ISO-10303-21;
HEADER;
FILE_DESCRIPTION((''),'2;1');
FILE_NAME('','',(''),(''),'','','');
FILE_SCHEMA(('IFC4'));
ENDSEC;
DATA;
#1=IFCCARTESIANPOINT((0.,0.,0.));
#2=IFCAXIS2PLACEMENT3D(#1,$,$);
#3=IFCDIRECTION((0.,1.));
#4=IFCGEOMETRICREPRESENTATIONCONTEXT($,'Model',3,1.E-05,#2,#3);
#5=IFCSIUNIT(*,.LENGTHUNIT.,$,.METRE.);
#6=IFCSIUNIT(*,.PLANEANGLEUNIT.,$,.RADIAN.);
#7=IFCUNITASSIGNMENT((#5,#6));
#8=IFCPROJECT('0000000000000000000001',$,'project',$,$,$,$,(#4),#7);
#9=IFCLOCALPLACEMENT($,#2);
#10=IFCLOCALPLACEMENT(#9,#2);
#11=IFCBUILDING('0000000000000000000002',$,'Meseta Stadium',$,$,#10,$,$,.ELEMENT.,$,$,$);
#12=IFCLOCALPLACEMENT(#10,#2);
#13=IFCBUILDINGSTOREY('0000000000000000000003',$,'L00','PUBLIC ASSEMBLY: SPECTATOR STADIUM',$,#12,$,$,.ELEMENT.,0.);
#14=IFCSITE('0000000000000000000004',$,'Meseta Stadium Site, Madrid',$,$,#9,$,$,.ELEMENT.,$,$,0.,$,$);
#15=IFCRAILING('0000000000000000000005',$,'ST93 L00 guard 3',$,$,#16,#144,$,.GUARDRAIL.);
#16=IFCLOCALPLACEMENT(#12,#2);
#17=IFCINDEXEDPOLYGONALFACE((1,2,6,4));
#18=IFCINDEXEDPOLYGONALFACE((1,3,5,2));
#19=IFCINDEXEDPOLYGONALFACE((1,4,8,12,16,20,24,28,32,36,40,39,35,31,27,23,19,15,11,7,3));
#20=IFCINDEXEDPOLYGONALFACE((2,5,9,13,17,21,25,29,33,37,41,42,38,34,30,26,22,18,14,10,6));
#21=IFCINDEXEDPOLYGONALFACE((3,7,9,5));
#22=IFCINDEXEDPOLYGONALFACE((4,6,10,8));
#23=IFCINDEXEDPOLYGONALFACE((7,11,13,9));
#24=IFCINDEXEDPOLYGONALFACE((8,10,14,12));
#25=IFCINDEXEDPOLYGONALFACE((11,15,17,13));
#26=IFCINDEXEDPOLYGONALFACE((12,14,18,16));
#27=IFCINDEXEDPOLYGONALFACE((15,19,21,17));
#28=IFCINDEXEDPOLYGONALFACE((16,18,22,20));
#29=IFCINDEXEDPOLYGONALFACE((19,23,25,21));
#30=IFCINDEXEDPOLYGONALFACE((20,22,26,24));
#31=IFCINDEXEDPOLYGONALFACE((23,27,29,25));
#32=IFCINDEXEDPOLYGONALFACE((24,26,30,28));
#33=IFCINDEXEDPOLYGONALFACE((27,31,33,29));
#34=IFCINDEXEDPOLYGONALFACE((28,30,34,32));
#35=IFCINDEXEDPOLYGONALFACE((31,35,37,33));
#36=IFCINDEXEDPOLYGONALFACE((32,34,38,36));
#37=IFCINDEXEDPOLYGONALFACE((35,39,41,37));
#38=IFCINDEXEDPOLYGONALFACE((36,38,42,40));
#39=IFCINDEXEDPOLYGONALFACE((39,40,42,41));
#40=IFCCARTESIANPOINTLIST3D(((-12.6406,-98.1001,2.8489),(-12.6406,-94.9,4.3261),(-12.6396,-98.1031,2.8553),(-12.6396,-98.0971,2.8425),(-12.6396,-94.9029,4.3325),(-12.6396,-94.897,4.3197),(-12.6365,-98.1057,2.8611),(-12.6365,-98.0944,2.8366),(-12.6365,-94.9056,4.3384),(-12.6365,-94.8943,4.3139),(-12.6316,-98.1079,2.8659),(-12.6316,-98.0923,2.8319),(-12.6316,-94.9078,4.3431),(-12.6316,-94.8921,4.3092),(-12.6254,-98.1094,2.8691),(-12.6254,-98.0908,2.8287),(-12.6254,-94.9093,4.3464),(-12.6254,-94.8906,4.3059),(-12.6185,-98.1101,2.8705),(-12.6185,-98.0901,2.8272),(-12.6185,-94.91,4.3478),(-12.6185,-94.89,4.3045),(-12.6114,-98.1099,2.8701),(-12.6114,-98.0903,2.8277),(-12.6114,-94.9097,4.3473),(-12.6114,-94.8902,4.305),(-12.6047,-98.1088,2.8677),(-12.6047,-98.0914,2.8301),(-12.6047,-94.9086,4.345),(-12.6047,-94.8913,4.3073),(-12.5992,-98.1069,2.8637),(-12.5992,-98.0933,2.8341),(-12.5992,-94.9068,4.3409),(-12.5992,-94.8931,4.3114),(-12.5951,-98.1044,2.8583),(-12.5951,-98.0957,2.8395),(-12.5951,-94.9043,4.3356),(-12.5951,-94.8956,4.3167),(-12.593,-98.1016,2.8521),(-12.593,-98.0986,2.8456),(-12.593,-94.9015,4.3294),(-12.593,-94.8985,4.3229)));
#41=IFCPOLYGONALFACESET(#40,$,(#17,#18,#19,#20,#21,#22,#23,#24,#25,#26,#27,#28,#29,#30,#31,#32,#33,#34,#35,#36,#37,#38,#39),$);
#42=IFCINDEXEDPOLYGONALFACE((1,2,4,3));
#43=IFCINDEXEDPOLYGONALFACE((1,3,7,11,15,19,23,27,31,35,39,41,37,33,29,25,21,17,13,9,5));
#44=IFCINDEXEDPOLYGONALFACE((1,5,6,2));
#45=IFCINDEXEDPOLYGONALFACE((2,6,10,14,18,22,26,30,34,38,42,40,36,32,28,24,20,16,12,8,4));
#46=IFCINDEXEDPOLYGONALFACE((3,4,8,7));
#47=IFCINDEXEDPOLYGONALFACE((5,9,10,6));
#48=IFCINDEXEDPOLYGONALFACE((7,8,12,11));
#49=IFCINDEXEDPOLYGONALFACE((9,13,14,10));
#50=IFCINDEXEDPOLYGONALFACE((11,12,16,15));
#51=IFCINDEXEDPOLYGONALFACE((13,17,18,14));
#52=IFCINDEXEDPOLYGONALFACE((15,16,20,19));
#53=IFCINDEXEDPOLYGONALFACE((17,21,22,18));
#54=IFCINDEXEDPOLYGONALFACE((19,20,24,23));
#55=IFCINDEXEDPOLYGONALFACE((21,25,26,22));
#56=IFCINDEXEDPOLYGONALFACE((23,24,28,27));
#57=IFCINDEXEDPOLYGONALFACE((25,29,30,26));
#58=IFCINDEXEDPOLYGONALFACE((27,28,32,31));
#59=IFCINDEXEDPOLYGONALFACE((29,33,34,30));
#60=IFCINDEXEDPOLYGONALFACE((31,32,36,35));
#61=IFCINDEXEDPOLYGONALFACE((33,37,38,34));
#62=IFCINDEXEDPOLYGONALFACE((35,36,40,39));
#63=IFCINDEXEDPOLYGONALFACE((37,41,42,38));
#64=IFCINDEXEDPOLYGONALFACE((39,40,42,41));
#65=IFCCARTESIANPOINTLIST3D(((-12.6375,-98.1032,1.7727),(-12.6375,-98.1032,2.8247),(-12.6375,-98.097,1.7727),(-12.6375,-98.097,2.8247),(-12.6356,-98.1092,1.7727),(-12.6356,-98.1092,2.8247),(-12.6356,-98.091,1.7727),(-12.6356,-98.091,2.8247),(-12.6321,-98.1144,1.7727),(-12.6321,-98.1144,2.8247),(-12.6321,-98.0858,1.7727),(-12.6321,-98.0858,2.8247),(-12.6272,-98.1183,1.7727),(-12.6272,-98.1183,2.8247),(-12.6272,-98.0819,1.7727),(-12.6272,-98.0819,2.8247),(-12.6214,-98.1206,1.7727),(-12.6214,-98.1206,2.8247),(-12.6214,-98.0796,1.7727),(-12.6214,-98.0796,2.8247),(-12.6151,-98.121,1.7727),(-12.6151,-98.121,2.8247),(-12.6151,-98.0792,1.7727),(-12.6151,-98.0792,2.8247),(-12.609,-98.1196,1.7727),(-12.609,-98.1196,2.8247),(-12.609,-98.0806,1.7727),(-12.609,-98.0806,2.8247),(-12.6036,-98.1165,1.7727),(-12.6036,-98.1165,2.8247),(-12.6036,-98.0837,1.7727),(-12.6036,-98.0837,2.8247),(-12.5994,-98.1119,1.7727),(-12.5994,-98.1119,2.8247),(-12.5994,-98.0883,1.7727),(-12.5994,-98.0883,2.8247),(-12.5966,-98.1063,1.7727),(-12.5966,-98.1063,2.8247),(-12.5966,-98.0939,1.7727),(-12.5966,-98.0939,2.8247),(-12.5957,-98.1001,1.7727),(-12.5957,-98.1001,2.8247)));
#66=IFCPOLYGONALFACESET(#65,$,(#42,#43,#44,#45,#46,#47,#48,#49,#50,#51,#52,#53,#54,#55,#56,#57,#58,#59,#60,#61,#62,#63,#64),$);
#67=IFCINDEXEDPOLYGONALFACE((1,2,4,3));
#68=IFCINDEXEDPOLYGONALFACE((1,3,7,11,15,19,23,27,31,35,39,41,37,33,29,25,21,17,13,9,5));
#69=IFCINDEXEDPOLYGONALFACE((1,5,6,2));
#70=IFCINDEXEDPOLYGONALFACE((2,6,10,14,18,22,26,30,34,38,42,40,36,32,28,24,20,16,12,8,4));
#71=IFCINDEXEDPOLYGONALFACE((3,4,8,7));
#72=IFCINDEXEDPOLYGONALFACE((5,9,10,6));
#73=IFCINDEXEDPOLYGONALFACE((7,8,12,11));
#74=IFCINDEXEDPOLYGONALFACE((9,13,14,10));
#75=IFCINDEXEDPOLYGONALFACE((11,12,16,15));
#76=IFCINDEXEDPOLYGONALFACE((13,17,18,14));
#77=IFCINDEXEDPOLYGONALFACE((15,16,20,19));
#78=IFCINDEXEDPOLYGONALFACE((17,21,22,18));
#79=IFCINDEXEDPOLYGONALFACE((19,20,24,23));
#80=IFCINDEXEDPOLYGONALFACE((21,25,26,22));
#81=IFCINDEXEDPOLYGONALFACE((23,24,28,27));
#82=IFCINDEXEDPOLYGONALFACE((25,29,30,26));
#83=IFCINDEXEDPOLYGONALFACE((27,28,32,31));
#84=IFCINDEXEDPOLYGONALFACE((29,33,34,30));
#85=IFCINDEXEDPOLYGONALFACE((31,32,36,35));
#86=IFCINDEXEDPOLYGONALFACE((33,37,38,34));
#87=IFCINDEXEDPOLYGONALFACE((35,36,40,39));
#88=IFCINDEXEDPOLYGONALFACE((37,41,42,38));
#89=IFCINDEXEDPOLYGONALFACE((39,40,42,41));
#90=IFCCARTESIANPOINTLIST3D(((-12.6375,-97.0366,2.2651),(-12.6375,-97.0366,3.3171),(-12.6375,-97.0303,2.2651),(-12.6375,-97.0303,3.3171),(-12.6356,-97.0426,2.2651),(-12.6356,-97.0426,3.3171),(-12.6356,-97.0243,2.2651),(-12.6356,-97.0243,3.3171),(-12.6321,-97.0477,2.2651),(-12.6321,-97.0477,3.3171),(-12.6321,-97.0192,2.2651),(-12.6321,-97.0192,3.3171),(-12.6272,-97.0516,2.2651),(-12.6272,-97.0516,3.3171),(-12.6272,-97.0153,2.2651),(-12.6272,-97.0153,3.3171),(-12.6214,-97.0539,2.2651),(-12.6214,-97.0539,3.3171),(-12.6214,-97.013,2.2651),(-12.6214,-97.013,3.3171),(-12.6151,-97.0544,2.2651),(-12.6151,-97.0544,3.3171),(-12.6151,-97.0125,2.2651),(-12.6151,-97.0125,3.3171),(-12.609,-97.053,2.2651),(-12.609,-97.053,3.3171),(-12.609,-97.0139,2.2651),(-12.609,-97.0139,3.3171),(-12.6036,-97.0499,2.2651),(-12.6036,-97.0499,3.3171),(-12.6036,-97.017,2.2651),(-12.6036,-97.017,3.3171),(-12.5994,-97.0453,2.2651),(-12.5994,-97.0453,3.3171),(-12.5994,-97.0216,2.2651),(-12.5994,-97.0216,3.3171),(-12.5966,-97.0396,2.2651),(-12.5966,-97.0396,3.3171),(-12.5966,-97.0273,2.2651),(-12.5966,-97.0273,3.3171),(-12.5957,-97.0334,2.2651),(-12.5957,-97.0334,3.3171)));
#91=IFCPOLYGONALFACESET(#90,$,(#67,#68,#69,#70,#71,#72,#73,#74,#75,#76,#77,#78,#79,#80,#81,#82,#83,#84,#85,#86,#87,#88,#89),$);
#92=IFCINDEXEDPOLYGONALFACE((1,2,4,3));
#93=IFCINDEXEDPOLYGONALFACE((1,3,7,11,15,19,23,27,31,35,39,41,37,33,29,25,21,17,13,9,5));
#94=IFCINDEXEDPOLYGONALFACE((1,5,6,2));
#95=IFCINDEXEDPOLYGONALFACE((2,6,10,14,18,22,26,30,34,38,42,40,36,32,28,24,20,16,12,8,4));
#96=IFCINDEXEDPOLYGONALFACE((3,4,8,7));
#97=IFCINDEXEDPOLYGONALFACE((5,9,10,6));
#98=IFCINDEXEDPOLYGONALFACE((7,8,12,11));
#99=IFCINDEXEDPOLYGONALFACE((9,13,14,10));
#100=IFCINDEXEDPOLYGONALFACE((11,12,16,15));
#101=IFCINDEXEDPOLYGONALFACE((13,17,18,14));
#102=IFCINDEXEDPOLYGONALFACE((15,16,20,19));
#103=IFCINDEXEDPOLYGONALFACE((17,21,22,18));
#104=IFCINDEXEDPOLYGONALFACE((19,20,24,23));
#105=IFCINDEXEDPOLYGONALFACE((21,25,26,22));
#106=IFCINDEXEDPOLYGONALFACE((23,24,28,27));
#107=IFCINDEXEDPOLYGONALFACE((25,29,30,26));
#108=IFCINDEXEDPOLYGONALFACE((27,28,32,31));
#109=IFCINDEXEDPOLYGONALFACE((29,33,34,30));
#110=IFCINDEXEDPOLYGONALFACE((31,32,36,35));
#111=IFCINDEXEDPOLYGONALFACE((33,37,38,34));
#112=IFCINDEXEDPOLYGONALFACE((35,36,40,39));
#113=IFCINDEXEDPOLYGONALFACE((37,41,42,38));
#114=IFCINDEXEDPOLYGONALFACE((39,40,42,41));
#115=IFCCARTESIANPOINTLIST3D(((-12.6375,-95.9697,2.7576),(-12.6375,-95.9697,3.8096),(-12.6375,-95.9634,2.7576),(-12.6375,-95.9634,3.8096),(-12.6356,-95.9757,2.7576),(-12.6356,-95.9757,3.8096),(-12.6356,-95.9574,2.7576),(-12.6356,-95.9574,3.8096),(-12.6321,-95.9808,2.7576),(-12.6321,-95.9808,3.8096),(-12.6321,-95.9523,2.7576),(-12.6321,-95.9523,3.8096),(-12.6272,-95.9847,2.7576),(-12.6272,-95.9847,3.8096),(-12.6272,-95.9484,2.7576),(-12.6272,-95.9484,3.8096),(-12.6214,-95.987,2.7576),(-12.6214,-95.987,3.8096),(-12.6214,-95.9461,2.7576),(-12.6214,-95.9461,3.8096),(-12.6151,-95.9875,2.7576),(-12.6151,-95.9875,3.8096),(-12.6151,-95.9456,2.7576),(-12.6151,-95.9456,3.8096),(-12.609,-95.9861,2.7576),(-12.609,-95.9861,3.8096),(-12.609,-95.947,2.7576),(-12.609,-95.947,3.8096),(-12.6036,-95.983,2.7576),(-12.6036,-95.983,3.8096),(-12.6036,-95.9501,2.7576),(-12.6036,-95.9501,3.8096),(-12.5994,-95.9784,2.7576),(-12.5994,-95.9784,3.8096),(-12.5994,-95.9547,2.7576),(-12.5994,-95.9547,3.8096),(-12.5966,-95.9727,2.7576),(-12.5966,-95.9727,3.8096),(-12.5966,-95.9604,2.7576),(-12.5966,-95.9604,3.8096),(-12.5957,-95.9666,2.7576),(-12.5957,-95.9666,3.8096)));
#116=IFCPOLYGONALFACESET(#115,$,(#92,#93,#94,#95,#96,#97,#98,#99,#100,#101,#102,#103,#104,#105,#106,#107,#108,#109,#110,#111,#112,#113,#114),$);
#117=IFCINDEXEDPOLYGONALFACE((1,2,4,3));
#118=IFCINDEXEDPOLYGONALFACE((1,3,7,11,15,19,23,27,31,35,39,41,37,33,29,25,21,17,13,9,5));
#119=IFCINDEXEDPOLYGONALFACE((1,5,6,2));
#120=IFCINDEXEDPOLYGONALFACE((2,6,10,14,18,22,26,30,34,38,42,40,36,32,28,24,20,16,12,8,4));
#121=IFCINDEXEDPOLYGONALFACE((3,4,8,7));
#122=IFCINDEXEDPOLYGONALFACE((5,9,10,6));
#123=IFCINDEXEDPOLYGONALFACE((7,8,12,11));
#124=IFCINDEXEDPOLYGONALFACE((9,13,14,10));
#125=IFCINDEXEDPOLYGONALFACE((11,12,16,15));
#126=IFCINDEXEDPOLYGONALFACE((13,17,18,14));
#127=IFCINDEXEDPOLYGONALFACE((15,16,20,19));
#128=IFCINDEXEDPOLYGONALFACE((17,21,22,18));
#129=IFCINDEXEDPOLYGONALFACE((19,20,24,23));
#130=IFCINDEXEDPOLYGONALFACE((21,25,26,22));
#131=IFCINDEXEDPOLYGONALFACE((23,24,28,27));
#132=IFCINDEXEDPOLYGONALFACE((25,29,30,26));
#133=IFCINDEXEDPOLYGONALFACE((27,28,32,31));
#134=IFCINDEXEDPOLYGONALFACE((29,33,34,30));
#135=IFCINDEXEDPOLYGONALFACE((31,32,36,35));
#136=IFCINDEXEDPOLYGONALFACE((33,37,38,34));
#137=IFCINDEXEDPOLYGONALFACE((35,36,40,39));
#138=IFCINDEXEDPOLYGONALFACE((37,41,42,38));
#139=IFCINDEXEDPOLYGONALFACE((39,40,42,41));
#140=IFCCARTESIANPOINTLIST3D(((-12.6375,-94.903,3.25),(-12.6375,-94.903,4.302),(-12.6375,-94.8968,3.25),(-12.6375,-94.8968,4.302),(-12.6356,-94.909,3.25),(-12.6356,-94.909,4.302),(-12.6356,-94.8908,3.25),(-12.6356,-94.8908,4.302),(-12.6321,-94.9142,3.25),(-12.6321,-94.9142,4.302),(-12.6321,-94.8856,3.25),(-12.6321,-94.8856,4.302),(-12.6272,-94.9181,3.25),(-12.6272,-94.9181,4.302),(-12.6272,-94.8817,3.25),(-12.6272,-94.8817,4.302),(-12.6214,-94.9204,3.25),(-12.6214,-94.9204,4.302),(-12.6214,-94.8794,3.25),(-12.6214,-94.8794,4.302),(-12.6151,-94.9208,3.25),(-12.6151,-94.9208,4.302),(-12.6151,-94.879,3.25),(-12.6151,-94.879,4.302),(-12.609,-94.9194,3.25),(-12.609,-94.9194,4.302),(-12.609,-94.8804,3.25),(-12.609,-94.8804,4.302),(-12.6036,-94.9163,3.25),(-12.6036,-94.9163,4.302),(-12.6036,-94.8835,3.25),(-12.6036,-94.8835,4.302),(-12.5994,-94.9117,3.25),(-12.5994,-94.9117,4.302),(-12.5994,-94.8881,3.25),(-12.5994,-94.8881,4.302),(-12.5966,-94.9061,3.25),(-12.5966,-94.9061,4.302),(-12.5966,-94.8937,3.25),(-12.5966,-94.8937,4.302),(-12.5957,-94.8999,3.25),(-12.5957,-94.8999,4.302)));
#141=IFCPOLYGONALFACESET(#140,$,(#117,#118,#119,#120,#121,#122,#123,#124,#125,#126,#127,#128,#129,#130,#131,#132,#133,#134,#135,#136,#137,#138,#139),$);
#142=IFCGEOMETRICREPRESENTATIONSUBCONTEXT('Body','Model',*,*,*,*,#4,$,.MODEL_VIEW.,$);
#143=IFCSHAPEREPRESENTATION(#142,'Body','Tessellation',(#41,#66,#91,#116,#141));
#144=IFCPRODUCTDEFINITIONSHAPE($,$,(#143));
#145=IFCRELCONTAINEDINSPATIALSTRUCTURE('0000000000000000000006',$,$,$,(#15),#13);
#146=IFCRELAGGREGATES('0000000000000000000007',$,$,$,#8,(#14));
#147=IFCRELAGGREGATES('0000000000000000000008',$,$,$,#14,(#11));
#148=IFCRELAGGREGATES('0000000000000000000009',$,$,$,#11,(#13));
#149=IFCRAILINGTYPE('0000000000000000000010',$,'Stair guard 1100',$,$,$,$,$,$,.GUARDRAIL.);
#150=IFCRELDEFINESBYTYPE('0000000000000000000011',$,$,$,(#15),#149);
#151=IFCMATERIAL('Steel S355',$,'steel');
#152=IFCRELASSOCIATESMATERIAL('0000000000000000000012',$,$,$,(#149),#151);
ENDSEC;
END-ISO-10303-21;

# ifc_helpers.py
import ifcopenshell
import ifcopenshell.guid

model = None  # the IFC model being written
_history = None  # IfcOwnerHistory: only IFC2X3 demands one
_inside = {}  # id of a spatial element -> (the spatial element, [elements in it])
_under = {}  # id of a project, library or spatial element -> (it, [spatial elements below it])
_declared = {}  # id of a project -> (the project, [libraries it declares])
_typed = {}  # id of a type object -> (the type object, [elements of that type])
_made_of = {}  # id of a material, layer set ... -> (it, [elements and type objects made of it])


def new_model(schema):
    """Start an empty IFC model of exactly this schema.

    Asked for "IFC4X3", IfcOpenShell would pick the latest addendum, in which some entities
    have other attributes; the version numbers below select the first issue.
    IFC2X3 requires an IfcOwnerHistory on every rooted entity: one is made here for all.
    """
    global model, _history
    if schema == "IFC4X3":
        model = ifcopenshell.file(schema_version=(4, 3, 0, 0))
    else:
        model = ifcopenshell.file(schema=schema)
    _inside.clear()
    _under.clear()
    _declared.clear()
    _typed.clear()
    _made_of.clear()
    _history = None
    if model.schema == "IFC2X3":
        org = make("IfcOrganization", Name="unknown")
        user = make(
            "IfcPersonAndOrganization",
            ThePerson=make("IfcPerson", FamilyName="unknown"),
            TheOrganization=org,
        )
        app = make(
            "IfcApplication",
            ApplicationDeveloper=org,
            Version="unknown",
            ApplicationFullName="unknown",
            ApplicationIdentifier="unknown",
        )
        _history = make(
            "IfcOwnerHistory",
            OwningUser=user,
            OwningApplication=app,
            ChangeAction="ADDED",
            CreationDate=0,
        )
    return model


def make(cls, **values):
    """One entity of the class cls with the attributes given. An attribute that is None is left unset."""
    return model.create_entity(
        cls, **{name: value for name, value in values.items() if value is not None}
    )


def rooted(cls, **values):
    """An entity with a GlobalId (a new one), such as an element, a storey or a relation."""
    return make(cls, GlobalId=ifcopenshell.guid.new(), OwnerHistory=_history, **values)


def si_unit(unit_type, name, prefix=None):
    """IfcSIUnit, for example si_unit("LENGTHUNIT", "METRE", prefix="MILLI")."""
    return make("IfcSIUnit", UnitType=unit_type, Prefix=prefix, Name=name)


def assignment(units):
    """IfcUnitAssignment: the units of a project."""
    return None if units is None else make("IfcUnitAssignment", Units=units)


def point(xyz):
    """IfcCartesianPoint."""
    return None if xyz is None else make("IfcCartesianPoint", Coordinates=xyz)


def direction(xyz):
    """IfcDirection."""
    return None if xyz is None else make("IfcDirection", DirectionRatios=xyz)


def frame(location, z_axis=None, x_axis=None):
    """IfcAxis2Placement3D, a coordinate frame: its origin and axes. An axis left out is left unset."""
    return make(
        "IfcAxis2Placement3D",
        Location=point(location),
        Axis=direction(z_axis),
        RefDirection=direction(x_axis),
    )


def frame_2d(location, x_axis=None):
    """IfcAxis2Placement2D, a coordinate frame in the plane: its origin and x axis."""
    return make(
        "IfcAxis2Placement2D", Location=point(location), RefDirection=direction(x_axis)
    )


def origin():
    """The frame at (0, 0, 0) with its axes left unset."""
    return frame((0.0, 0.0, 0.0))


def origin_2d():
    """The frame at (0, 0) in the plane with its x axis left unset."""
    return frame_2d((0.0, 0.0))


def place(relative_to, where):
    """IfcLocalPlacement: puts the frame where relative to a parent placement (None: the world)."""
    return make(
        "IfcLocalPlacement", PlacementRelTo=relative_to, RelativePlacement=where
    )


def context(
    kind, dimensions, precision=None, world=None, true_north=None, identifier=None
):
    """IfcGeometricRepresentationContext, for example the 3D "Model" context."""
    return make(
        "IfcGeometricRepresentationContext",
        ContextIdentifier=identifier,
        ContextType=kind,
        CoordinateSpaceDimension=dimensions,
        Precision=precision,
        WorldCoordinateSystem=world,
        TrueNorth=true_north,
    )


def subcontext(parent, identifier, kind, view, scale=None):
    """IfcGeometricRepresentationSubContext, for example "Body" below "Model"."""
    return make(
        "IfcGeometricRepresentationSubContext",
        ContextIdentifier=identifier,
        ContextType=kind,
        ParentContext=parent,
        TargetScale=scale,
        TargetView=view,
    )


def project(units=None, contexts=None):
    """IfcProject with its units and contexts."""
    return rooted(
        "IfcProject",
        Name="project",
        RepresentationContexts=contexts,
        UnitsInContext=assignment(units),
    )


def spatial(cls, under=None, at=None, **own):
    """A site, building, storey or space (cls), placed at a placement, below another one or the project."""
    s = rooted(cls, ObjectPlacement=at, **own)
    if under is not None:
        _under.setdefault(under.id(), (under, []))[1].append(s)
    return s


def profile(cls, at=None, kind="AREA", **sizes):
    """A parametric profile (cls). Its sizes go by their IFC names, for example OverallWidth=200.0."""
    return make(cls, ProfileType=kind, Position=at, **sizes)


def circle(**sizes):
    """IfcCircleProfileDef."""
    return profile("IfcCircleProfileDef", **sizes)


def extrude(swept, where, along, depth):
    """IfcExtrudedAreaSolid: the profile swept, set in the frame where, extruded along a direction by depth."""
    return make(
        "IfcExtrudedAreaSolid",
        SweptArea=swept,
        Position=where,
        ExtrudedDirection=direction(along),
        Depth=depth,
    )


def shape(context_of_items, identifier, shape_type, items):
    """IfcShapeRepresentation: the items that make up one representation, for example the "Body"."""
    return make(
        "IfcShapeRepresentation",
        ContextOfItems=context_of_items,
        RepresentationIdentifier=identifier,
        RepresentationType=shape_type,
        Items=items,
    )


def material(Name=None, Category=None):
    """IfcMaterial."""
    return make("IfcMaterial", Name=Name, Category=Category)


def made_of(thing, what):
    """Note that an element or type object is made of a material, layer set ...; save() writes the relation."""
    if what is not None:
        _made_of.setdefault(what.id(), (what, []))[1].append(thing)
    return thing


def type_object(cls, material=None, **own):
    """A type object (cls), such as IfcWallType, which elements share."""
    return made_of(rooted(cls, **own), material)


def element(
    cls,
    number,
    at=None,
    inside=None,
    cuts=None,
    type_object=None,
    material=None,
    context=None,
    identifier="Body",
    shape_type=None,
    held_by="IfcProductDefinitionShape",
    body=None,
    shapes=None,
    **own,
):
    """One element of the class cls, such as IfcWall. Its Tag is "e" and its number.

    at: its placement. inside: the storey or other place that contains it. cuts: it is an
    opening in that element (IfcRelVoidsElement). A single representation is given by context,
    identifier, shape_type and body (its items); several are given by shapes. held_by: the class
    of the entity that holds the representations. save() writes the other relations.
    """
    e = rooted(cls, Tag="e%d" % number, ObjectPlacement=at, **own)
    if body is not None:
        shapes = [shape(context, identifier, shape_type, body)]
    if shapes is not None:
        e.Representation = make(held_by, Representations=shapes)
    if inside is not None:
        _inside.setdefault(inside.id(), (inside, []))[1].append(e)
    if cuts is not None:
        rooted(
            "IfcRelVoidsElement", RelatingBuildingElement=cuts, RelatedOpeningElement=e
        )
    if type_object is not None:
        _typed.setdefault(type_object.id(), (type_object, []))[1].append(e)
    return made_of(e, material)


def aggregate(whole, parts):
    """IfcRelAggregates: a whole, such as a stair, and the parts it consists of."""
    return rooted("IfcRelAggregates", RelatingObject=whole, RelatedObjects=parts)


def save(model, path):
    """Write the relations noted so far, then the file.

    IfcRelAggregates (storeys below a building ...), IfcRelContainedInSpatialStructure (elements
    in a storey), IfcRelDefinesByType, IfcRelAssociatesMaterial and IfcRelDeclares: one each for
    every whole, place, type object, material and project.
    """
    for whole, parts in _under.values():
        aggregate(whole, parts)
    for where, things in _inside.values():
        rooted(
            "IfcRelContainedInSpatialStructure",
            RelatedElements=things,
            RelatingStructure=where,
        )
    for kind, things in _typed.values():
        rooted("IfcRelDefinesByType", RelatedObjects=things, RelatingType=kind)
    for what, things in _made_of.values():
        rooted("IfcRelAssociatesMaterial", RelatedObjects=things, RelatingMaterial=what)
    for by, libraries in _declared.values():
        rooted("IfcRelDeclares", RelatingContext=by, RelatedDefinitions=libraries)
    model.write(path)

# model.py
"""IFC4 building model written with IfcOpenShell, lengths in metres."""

from ifc_helpers import new_model, si_unit, direction, frame, origin, origin_2d, place, context, subcontext, project, spatial, circle, extrude, material, type_object, element, save


model = new_model("IFC4")

# Units and contexts
model_context = context("Model", 3, precision=1e-05, world=origin(), true_north=direction((0.0, 1.0)))
body_context = subcontext(model_context, "Body", "Model", "MODEL_VIEW")
ifc_project = project(units=[si_unit("LENGTHUNIT", "METRE"), si_unit("PLANEANGLEUNIT", "RADIAN")], contexts=[model_context])

# Site, building, storey
site_placement = place(None, origin())
site = spatial("IfcSite", under=ifc_project, at=site_placement, Name="Meseta Stadium Site, Madrid", CompositionType="ELEMENT", RefElevation=0.0)
building_placement = place(site_placement, origin())
building = spatial("IfcBuilding", under=site, at=building_placement, Name="Meseta Stadium", CompositionType="ELEMENT")
storey_placement = place(building_placement, origin())
storey = spatial("IfcBuildingStorey", under=building, at=storey_placement, Name="L00", Description="PUBLIC ASSEMBLY: SPECTATOR STADIUM", CompositionType="ELEMENT", Elevation=0.0)

# Railing
ifc_material_1 = material(Name="Steel S355", Category="steel")
railing_type_1 = type_object("IfcRailingType", Name="Stair guard 1100", PredefinedType="GUARDRAIL", material=ifc_material_1)
railing_1_placement = place(storey_placement, frame((-12.6167, -98.1001, 1.7727)))
element("IfcRailing", 1, at=railing_1_placement, inside=storey, type_object=railing_type_1, Name="ST93 L00 guard 3", PredefinedType="GUARDRAIL", context=body_context, shape_type="SweptSolid", body=[
    extrude(circle(Radius=0.0239, at=origin_2d()), frame((0.0, 0.0, 1.0762), z_axis=(0.0, 0.907929, 0.419124), x_axis=(-1.0, 0.0, 0.0)), (0.0, 0.0, 1.0), 3.5247),
    extrude(circle(Radius=0.021, at=origin_2d()), origin(), (0.0, 0.0, 1.0), 1.052),
    extrude(circle(Radius=0.021, at=origin_2d()), frame((0.0, 1.0667, 0.4924)), (0.0, 0.0, 1.0), 1.052),
    extrude(circle(Radius=0.021, at=origin_2d()), frame((0.0, 2.1335, 0.9849)), (0.0, 0.0, 1.0), 1.052),
    extrude(circle(Radius=0.021, at=origin_2d()), frame((0.0, 3.2002, 1.4773)), (0.0, 0.0, 1.0), 1.052),
])

save(model, "model.ifc")
